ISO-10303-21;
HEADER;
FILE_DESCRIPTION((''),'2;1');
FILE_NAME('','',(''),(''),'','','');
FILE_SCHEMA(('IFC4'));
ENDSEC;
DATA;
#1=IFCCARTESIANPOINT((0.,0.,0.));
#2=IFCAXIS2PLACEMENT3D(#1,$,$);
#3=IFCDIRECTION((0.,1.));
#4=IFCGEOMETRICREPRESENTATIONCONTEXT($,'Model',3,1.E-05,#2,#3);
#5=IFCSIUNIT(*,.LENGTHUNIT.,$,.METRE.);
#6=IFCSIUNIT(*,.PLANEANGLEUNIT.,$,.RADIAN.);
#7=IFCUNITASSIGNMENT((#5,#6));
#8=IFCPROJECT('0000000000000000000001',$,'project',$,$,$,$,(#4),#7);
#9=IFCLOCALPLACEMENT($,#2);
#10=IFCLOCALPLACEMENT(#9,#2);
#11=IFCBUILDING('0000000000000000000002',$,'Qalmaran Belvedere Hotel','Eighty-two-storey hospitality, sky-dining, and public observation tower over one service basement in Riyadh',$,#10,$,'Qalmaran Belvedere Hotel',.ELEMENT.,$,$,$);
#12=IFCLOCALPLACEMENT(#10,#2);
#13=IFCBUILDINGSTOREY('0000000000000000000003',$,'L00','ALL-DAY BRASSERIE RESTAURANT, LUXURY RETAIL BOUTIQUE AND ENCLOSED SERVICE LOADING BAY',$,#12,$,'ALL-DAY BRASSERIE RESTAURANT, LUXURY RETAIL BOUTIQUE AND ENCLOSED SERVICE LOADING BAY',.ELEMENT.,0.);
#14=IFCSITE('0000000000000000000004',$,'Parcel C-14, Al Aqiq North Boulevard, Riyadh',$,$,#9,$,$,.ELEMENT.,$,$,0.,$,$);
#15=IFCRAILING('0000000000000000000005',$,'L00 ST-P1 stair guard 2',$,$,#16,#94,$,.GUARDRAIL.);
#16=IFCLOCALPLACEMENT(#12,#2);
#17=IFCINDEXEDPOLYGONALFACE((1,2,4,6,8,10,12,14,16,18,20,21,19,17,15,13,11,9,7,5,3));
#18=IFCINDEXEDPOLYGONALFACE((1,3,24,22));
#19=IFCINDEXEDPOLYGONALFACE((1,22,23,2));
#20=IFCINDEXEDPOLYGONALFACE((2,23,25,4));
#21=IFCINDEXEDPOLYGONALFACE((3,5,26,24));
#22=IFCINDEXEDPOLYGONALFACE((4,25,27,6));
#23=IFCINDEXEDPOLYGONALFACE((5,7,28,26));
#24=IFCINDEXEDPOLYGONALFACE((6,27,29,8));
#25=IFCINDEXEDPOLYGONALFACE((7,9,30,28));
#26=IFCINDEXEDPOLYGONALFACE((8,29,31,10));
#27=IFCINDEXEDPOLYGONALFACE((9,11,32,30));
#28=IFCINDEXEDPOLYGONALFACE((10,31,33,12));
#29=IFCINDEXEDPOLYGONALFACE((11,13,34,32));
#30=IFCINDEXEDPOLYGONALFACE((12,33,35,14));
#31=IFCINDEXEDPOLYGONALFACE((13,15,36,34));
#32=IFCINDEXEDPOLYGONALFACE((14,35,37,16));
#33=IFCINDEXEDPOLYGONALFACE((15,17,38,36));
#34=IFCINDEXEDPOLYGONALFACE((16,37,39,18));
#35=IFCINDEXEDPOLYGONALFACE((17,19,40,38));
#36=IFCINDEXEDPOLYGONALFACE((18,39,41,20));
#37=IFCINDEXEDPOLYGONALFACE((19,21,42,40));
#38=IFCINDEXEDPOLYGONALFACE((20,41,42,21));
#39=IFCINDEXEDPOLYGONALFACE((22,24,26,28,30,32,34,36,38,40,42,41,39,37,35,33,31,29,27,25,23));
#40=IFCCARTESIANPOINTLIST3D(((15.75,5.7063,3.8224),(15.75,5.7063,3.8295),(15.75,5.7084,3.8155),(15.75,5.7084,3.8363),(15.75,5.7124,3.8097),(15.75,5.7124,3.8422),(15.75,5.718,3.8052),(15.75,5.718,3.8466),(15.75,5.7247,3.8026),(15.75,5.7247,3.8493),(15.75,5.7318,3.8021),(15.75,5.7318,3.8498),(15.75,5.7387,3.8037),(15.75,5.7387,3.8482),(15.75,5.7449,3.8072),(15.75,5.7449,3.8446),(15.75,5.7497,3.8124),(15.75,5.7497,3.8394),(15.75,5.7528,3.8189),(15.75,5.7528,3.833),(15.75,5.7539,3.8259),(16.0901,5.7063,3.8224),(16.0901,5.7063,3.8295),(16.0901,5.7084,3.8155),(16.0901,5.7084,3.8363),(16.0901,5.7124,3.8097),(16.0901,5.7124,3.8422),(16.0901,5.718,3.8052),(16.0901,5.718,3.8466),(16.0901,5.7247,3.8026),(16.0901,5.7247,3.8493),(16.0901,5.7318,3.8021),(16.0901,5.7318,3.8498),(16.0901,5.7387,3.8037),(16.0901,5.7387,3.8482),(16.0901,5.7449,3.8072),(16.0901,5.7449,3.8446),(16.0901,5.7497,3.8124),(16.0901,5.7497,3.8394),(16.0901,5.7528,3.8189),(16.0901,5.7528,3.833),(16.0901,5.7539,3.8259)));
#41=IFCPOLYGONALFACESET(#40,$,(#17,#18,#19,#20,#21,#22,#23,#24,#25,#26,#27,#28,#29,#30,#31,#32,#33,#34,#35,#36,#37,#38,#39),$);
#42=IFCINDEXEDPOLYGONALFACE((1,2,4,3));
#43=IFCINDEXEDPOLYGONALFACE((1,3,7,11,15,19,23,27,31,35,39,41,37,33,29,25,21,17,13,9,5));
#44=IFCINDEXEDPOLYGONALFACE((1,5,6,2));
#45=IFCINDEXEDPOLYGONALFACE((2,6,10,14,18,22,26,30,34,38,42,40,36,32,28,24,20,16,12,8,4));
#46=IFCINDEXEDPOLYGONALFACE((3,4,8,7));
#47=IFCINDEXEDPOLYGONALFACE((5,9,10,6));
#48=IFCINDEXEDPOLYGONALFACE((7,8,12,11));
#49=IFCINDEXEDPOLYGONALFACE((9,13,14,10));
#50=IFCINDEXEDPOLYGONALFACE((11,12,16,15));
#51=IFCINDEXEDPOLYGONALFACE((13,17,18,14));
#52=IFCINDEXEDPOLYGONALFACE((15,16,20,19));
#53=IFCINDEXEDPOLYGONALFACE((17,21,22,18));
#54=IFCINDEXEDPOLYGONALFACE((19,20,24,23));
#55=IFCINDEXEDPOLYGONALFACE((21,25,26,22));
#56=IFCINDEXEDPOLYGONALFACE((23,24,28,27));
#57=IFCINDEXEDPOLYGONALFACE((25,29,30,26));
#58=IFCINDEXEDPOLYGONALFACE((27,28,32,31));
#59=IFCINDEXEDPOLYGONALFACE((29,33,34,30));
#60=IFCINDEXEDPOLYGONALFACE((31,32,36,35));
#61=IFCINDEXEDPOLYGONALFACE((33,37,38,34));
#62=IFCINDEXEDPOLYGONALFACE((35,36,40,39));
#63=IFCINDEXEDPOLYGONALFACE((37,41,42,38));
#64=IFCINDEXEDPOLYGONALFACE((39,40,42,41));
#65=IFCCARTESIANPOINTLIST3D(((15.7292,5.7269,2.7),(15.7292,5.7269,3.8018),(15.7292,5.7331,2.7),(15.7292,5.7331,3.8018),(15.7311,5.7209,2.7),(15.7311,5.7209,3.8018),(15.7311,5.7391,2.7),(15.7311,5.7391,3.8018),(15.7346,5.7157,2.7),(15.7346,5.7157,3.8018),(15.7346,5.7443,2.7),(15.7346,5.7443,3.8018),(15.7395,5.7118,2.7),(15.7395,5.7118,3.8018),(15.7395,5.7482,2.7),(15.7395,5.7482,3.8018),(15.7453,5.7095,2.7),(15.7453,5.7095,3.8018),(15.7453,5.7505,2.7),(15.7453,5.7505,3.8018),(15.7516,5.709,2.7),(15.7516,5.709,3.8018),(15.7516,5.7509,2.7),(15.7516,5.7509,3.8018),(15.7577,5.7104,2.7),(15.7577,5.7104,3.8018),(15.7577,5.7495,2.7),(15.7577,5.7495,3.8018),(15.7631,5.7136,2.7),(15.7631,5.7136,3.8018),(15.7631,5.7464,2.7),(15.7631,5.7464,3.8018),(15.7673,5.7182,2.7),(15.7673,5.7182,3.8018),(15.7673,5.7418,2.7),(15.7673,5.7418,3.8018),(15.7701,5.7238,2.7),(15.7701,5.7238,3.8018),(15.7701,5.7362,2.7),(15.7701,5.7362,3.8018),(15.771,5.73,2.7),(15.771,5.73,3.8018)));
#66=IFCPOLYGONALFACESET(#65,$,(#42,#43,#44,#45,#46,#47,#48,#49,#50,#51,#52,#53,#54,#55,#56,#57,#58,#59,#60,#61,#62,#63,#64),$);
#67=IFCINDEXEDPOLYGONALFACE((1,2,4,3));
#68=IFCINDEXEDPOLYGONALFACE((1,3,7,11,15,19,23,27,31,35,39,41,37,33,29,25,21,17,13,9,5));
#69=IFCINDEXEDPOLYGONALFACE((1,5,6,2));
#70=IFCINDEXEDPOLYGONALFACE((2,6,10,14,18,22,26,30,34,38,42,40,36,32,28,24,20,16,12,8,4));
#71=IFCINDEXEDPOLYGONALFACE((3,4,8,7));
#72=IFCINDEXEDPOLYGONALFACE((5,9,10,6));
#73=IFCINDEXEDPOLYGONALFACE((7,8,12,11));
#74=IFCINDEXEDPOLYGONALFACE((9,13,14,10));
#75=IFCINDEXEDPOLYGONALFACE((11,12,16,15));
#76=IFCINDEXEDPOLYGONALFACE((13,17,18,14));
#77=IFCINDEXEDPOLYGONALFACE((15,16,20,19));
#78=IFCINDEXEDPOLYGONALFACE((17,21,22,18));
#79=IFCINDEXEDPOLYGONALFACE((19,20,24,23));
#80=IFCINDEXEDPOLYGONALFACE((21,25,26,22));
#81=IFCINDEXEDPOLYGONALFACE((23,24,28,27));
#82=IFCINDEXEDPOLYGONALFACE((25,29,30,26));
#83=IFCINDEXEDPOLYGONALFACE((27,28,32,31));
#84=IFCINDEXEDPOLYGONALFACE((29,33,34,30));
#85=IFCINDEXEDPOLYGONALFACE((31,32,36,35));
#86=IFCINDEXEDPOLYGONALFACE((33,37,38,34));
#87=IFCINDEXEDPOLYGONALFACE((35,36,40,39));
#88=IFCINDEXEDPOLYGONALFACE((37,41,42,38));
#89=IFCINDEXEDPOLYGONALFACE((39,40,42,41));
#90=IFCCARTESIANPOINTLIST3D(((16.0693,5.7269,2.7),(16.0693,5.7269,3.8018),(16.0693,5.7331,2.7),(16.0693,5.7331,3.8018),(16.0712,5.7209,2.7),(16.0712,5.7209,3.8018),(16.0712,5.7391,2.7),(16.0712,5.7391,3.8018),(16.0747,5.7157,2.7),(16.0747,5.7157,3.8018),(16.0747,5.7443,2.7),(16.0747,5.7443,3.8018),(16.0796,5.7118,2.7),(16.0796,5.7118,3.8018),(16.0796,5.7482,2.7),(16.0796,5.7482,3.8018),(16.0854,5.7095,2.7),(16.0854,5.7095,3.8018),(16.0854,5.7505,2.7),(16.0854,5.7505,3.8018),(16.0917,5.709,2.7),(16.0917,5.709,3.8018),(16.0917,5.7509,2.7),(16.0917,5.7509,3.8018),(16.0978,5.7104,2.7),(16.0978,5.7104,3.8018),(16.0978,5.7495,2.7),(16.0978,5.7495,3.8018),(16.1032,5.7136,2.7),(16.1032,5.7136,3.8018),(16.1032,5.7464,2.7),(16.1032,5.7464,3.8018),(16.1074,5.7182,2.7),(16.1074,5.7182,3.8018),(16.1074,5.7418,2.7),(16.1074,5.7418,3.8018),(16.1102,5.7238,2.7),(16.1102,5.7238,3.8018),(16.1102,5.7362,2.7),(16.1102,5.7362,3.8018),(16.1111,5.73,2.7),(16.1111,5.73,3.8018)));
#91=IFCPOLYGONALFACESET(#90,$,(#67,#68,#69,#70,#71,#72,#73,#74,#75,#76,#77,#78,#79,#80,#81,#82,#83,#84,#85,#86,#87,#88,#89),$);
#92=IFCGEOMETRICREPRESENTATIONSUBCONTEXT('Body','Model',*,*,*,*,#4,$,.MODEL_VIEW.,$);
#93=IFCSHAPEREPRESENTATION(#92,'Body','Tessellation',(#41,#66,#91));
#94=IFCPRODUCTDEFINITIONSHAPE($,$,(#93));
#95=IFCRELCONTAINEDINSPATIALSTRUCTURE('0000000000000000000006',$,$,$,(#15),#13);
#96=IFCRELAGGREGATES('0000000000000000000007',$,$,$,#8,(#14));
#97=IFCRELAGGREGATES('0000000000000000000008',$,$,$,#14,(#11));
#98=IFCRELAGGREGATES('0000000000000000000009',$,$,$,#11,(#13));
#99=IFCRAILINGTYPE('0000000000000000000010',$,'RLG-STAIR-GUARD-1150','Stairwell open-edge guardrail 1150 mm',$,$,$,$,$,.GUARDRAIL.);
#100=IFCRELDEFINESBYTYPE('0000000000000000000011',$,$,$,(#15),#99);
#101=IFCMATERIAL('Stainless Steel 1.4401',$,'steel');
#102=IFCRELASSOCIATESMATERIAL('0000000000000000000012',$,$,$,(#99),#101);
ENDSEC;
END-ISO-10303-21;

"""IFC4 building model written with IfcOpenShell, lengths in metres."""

from ifc_helpers import new_model, si_unit, direction, frame, origin, origin_2d, place, context, subcontext, project, spatial, circle, extrude, material, type_object, element, save


model = new_model("IFC4")

# Units and contexts
model_context = context("Model", 3, precision=1e-05, world=origin(), true_north=direction((0.0, 1.0)))
body_context = subcontext(model_context, "Body", "Model", "MODEL_VIEW")
ifc_project = project(units=[si_unit("LENGTHUNIT", "METRE"), si_unit("PLANEANGLEUNIT", "RADIAN")], contexts=[model_context])

# Site, building, storey
site_placement = place(None, origin())
site = spatial("IfcSite", under=ifc_project, at=site_placement, Name="Parcel C-14, Al Aqiq North Boulevard, Riyadh", CompositionType="ELEMENT", RefElevation=0.0)
building_placement = place(site_placement, origin())
building = spatial("IfcBuilding", under=site, at=building_placement, Name="Qalmaran Belvedere Hotel", Description="Eighty-two-storey hospitality, sky-dining, and public observation tower over one service basement in Riyadh", LongName="Qalmaran Belvedere Hotel", CompositionType="ELEMENT")
storey_placement = place(building_placement, origin())
storey = spatial("IfcBuildingStorey", under=building, at=storey_placement, Name="L00", Description="ALL-DAY BRASSERIE RESTAURANT, LUXURY RETAIL BOUTIQUE AND ENCLOSED SERVICE LOADING BAY", LongName="ALL-DAY BRASSERIE RESTAURANT, LUXURY RETAIL BOUTIQUE AND ENCLOSED SERVICE LOADING BAY", CompositionType="ELEMENT", Elevation=0.0)

# Railing
ifc_material_1 = material(Name="Stainless Steel 1.4401", Category="steel")
railing_type_1 = type_object("IfcRailingType", Name="RLG-STAIR-GUARD-1150", Description="Stairwell open-edge guardrail 1150 mm", PredefinedType="GUARDRAIL", material=ifc_material_1)
railing_1_placement = place(storey_placement, frame((15.75, 5.73, 2.7)))
element("IfcRailing", 1, at=railing_1_placement, inside=storey, type_object=railing_type_1, Name="L00 ST-P1 stair guard 2", PredefinedType="GUARDRAIL", context=body_context, shape_type="SweptSolid", body=[
    extrude(circle(Radius=0.0239, at=origin_2d()), frame((0.0, 0.0, 1.126), z_axis=(1.0, 0.0, 0.0), x_axis=(0.0, 1.0, 0.0)), (0.0, 0.0, 1.0), 0.3401),
    extrude(circle(Radius=0.021, at=origin_2d()), origin(), (0.0, 0.0, 1.0), 1.1018),
    extrude(circle(Radius=0.021, at=origin_2d()), frame((0.3401, 0.0, 0.0)), (0.0, 0.0, 1.0), 1.1018),
])

save(model, "model.ifc")
